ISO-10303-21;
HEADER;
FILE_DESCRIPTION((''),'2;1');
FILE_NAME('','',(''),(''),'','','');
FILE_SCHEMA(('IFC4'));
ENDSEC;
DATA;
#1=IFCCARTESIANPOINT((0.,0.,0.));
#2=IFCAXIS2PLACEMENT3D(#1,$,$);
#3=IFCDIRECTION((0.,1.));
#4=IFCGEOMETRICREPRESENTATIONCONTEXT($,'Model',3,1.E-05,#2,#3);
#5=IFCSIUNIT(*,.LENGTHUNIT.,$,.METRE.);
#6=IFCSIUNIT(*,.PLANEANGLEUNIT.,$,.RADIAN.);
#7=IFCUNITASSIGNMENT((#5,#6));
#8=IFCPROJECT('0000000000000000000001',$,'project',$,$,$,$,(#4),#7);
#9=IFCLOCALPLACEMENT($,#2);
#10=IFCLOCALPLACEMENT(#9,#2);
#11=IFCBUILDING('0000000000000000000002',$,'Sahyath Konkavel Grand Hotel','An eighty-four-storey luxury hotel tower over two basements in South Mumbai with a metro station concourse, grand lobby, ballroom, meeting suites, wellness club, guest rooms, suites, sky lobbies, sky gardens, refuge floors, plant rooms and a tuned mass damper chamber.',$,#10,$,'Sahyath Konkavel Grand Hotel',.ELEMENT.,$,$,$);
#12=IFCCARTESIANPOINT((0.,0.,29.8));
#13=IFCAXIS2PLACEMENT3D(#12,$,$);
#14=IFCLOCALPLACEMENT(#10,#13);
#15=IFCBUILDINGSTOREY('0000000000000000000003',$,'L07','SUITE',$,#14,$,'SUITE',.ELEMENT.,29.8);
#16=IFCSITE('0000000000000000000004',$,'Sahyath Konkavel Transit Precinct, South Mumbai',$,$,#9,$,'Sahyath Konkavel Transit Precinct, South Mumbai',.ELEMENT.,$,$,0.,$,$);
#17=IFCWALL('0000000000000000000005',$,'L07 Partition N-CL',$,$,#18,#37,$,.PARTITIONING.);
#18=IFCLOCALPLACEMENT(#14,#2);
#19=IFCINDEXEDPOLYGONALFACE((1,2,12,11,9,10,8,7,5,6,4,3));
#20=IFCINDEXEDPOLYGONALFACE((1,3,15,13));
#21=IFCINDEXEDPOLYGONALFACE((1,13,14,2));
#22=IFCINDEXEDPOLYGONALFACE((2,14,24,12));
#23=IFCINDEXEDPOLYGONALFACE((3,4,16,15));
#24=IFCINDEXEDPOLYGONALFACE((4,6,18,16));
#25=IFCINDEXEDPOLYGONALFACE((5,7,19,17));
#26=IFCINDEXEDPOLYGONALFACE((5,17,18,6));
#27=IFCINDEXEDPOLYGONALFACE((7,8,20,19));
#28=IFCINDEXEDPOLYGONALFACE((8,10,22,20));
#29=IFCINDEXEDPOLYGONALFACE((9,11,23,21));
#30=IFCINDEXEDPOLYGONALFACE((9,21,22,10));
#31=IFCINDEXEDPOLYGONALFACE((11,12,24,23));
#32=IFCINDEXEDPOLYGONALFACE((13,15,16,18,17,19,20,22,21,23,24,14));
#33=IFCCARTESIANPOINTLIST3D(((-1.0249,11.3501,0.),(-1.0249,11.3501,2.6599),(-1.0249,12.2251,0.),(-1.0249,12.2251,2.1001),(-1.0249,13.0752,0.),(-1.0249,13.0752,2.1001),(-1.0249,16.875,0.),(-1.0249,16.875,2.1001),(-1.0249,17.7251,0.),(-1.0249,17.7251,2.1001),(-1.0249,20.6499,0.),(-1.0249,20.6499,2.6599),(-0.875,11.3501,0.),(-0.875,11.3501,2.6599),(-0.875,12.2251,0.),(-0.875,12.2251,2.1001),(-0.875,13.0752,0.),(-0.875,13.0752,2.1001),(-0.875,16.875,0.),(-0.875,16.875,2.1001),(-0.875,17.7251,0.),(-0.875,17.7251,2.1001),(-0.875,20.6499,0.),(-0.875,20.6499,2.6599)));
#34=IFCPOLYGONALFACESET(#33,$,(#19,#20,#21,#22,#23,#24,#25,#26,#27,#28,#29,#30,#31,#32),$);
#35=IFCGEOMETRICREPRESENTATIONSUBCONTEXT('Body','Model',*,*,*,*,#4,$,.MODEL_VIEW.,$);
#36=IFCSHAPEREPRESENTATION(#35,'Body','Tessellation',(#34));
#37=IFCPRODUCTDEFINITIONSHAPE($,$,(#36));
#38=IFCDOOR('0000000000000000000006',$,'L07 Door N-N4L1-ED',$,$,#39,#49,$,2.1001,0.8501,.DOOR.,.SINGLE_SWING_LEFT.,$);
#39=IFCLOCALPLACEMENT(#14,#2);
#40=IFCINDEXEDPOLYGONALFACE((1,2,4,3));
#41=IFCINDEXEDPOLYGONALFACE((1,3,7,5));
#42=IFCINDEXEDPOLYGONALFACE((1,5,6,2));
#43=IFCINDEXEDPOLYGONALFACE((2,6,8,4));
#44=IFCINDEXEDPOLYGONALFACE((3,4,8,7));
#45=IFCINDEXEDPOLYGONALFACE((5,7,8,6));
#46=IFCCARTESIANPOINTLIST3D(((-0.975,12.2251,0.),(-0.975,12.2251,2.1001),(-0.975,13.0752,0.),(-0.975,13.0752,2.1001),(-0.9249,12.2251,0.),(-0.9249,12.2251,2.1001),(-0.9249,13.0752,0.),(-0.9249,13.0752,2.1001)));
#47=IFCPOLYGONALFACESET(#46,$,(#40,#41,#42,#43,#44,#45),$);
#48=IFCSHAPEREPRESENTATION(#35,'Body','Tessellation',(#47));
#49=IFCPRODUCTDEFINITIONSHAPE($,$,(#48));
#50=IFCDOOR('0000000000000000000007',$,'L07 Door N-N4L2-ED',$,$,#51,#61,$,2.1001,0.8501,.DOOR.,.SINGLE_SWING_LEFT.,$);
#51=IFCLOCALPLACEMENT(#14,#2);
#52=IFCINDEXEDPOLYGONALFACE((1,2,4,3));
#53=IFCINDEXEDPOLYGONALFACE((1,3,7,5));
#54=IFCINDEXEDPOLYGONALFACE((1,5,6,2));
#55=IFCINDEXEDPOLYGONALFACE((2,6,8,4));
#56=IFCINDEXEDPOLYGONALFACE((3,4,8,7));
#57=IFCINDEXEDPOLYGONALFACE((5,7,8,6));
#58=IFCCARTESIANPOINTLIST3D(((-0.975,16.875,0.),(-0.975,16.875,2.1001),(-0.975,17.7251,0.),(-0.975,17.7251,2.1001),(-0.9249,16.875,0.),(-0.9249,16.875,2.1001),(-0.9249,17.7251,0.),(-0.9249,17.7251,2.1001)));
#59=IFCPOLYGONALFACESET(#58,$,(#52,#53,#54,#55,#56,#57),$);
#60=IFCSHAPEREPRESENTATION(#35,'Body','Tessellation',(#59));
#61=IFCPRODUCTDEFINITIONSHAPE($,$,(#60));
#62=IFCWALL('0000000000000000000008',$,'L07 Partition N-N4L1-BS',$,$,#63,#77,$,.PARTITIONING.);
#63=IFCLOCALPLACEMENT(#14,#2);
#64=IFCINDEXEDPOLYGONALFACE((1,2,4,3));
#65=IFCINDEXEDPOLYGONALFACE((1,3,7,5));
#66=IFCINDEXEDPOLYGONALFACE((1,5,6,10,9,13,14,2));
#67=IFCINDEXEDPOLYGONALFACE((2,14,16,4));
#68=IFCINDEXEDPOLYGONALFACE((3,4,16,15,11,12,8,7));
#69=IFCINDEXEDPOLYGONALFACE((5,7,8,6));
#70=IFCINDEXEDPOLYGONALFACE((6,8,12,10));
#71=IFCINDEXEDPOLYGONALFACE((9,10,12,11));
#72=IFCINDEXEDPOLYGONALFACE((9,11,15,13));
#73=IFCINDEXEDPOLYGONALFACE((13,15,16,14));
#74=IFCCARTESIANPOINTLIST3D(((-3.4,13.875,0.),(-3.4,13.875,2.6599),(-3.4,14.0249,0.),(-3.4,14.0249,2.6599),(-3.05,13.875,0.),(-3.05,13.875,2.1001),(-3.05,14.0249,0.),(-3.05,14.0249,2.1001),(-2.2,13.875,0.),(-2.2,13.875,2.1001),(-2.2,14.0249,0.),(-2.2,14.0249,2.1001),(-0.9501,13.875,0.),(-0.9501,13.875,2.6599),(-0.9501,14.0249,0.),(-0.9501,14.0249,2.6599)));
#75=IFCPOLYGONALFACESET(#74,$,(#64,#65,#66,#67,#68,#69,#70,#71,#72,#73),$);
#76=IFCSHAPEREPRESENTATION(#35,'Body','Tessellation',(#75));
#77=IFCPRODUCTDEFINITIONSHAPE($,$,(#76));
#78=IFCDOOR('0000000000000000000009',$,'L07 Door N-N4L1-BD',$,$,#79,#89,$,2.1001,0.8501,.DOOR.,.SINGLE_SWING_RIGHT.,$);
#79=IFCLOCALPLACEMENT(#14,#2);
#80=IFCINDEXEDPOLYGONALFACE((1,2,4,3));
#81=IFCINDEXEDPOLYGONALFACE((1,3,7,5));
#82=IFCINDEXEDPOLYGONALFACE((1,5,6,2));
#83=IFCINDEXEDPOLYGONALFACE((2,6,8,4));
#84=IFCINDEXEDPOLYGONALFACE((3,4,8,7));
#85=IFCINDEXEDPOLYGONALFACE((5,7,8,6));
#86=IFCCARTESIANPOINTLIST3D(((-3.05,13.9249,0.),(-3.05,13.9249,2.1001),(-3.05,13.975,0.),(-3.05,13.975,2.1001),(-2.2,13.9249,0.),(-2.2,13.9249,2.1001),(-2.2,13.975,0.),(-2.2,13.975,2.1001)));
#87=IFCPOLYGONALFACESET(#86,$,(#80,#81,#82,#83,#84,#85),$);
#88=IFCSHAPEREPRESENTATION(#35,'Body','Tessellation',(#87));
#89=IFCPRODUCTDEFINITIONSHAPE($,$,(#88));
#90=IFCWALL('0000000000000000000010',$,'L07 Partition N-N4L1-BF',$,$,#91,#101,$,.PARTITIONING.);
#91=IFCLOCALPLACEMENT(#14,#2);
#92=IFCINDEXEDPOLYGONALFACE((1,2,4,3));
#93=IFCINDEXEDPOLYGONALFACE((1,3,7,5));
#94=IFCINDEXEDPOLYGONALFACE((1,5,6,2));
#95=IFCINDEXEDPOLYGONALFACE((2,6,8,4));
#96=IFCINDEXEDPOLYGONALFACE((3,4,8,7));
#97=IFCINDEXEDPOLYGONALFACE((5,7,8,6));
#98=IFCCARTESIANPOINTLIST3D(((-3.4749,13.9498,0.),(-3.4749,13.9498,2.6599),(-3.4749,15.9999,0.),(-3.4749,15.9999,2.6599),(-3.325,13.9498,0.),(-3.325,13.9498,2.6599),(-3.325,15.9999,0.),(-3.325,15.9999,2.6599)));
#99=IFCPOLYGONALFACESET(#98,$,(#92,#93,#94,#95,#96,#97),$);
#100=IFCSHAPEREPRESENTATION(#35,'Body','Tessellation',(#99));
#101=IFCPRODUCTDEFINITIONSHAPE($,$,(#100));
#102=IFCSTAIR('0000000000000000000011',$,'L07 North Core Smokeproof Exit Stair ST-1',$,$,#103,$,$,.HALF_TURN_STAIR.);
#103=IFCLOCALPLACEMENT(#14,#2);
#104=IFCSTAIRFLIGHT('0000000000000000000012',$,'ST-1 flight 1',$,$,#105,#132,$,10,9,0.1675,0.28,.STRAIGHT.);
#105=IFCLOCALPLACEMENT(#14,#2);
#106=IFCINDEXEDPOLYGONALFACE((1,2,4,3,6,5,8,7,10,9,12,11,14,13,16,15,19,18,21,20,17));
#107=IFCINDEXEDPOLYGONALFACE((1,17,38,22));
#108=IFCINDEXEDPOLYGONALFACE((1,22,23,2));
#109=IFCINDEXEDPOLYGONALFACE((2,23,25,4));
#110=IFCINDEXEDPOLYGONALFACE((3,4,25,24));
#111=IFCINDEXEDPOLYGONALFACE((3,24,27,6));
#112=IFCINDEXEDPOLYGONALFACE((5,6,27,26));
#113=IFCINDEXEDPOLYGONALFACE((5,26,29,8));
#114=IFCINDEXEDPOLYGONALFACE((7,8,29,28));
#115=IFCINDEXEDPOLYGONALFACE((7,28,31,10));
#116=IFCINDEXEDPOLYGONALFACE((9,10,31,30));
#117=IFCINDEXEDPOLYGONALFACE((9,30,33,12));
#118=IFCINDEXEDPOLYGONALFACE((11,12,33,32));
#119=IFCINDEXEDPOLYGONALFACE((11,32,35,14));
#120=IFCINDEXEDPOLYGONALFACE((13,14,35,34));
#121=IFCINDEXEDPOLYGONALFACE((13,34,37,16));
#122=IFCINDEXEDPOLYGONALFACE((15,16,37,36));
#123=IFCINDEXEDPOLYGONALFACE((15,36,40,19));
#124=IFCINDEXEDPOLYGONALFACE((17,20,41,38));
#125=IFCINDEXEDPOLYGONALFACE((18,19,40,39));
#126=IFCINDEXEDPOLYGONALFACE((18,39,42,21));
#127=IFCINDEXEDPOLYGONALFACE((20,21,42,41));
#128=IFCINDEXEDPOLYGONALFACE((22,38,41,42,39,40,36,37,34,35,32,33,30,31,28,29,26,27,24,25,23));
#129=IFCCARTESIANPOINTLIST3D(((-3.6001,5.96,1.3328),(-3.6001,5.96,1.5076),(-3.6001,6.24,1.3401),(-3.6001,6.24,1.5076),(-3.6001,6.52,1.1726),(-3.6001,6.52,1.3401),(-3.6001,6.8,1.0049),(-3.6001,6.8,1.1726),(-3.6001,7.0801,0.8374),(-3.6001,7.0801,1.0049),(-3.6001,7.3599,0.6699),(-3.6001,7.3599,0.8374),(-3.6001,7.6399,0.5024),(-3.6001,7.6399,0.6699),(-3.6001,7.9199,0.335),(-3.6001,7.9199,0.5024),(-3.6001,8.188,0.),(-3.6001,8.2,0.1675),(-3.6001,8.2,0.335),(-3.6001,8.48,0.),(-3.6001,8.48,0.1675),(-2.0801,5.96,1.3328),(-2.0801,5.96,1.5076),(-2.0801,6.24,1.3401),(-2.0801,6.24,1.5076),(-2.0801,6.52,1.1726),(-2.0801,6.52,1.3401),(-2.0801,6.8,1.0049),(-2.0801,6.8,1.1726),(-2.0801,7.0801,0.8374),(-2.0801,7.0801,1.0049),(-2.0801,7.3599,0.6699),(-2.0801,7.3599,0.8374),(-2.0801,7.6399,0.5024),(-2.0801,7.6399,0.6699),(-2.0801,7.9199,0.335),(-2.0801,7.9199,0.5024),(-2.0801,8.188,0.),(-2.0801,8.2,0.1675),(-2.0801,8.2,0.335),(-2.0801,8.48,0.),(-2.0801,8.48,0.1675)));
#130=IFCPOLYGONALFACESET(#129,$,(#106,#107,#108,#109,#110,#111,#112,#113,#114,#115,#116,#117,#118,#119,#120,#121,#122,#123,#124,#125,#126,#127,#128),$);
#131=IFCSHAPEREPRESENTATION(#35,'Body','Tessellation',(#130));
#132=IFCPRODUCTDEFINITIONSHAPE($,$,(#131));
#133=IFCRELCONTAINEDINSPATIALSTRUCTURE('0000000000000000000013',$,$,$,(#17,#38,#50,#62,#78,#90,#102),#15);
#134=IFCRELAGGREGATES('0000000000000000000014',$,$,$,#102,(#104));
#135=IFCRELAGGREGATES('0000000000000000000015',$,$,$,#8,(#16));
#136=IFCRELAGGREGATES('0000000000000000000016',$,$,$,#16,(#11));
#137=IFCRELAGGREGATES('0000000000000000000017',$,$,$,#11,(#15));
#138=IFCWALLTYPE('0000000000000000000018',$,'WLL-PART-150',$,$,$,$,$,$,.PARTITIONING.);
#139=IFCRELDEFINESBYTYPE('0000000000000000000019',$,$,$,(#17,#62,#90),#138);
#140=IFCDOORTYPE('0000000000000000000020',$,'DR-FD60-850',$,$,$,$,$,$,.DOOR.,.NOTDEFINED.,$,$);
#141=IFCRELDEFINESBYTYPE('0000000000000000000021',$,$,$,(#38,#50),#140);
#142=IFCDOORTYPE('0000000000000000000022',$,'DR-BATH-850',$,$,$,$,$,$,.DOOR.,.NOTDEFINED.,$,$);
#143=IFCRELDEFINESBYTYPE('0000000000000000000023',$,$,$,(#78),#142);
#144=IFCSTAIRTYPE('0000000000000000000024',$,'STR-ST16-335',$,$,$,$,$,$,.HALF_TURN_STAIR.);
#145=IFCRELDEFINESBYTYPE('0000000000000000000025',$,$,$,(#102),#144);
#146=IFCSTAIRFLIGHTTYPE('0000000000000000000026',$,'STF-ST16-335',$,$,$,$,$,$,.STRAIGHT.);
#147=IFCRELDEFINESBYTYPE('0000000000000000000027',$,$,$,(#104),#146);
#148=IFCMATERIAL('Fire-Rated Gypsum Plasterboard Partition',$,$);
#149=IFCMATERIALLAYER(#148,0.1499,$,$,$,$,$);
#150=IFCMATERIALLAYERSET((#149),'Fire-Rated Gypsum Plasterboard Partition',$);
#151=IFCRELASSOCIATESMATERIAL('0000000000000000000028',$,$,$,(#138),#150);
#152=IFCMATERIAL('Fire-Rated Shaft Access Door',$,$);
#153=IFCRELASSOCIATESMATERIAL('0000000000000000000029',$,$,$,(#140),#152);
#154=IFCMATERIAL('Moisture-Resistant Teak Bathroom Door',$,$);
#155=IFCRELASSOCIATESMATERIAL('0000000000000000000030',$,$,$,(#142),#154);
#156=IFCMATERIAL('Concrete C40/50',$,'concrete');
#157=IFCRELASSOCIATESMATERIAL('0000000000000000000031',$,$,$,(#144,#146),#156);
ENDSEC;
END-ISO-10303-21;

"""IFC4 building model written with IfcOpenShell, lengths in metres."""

from ifc_helpers import new_model, si_unit, direction, frame, frame_2d, origin, origin_2d, place, context, subcontext, project, spatial, polyline, rectangle, outline, extrude, source, transform, mapped, material, layer, layer_set, type_object, element, fill, aggregate, save


model = new_model("IFC4")

# Units and contexts
model_context = context("Model", 3, precision=1e-05, world=origin(), true_north=direction((0.0, 1.0)))
body_context = subcontext(model_context, "Body", "Model", "MODEL_VIEW")
ifc_project = project(units=[si_unit("LENGTHUNIT", "METRE"), si_unit("PLANEANGLEUNIT", "RADIAN")], contexts=[model_context])

# Site, building, storey
site_placement = place(None, origin())
site = spatial("IfcSite", under=ifc_project, at=site_placement, Name="Sahyath Konkavel Transit Precinct, South Mumbai", LongName="Sahyath Konkavel Transit Precinct, South Mumbai", CompositionType="ELEMENT", RefElevation=0.0)
building_placement = place(site_placement, origin())
building = spatial("IfcBuilding", under=site, at=building_placement, Name="Sahyath Konkavel Grand Hotel", Description="An eighty-four-storey luxury hotel tower over two basements in South Mumbai with a metro station concourse, grand lobby, ballroom, meeting suites, wellness club, guest rooms, suites, sky lobbies, sky gardens, refuge floors, plant rooms and a tuned mass damper chamber.", LongName="Sahyath Konkavel Grand Hotel", CompositionType="ELEMENT")
storey_placement = place(building_placement, frame((0.0, 0.0, 29.8)))
storey = spatial("IfcBuildingStorey", under=building, at=storey_placement, Name="L07", Description="SUITE", LongName="SUITE", CompositionType="ELEMENT", Elevation=29.8)

# Wall, openings, doors
ifc_material_1 = material(Name="Fire-Rated Gypsum Plasterboard Partition")
ifc_layer_1 = layer(ifc_material_1, 0.1499)
ifc_layer_set_1 = layer_set([ifc_layer_1], Name="Fire-Rated Gypsum Plasterboard Partition")
wall_type_1 = type_object("IfcWallType", Name="WLL-PART-150", PredefinedType="PARTITIONING", material=ifc_layer_set_1)
wall_1_placement = place(storey_placement, frame((-0.95, 11.3501, 0.0), z_axis=(0.0, 0.0, 1.0), x_axis=(0.0, 1.0, 0.0)))
wall_1 = element("IfcWall", 1, at=wall_1_placement, inside=storey, type_object=wall_type_1, Name="L07 Partition N-CL", PredefinedType="PARTITIONING", context=body_context, shape_type="SweptSolid", body=[
    extrude(rectangle(XDim=9.2998, YDim=0.1499, at=frame_2d((4.6499, 0.0))), origin(), (0.0, 0.0, 1.0), 2.6599),
])
opening_1_placement = place(wall_1_placement, frame((0.875, 0.0, 0.0)))
opening_1 = element("IfcOpeningElement", 2, at=opening_1_placement, cuts=wall_1, PredefinedType="OPENING", context=body_context, shape_type="SweptSolid", body=[
    extrude(rectangle(XDim=0.8501, YDim=2.1001, at=frame_2d((0.425, 1.05))), frame((0.0, 0.085, 0.0), z_axis=(0.0, -1.0, 0.0), x_axis=(1.0, 0.0, 0.0)), (0.0, 0.0, 1.0), 0.1699),
])
opening_2_placement = place(wall_1_placement, frame((5.5249, 0.0, 0.0)))
opening_2 = element("IfcOpeningElement", 3, at=opening_2_placement, cuts=wall_1, PredefinedType="OPENING", context=body_context, shape_type="SweptSolid", body=[
    extrude(rectangle(XDim=0.8501, YDim=2.1001, at=frame_2d((0.425, 1.05))), frame((0.0, 0.085, 0.0), z_axis=(0.0, -1.0, 0.0), x_axis=(1.0, 0.0, 0.0)), (0.0, 0.0, 1.0), 0.1699),
])
ifc_material_2 = material(Name="Fire-Rated Shaft Access Door")
door_type_1 = type_object("IfcDoorType", Name="DR-FD60-850", OperationType="NOTDEFINED", PredefinedType="DOOR", material=ifc_material_2)
shared_shape_1 = source(origin(), body_context, "Body", "SweptSolid", [
    extrude(rectangle(XDim=0.8501, YDim=0.05, at=origin_2d()), origin(), (0.0, 0.0, 1.0), 2.1001),
])
door_1_placement = place(opening_1_placement, frame((0.425, 0.0, 0.0)))
door_1 = element("IfcDoor", 4, at=door_1_placement, inside=storey, type_object=door_type_1, Name="L07 Door N-N4L1-ED", OperationType="SINGLE_SWING_LEFT", OverallHeight=2.1001, OverallWidth=0.8501, PredefinedType="DOOR", context=body_context, shape_type="MappedRepresentation", body=[
    mapped(shared_shape_1, transform((0.0, 0.0, 0.0), scale=1.0)),
])
fill(opening_1, door_1)
door_2_placement = place(opening_2_placement, frame((0.425, 0.0, 0.0)))
door_2 = element("IfcDoor", 5, at=door_2_placement, inside=storey, type_object=door_type_1, Name="L07 Door N-N4L2-ED", OperationType="SINGLE_SWING_LEFT", OverallHeight=2.1001, OverallWidth=0.8501, PredefinedType="DOOR", context=body_context, shape_type="MappedRepresentation", body=[
    mapped(shared_shape_1, transform((0.0, 0.0, 0.0), scale=1.0)),
])
fill(opening_2, door_2)

# Wall, opening, door
wall_2_placement = place(storey_placement, frame((-0.95, 13.95, 0.0), z_axis=(0.0, 0.0, 1.0), x_axis=(-1.0, 0.0, 0.0)))
wall_2 = element("IfcWall", 6, at=wall_2_placement, inside=storey, type_object=wall_type_1, Name="L07 Partition N-N4L1-BS", PredefinedType="PARTITIONING", context=body_context, shape_type="SweptSolid", body=[
    extrude(rectangle(XDim=2.45, YDim=0.1499, at=frame_2d((1.2251, 0.0))), origin(), (0.0, 0.0, 1.0), 2.6599),
])
opening_3_placement = place(wall_2_placement, frame((1.25, 0.0, 0.0)))
opening_3 = element("IfcOpeningElement", 7, at=opening_3_placement, cuts=wall_2, PredefinedType="OPENING", context=body_context, shape_type="SweptSolid", body=[
    extrude(rectangle(XDim=0.8501, YDim=2.1001, at=frame_2d((0.425, 1.05))), frame((0.0, 0.085, 0.0), z_axis=(0.0, -1.0, 0.0), x_axis=(1.0, 0.0, 0.0)), (0.0, 0.0, 1.0), 0.1699),
])
ifc_material_3 = material(Name="Moisture-Resistant Teak Bathroom Door")
door_type_2 = type_object("IfcDoorType", Name="DR-BATH-850", OperationType="NOTDEFINED", PredefinedType="DOOR", material=ifc_material_3)
door_3_placement = place(opening_3_placement, frame((0.425, 0.0, 0.0)))
door_3 = element("IfcDoor", 8, at=door_3_placement, inside=storey, type_object=door_type_2, Name="L07 Door N-N4L1-BD", OperationType="SINGLE_SWING_RIGHT", OverallHeight=2.1001, OverallWidth=0.8501, PredefinedType="DOOR", context=body_context, shape_type="MappedRepresentation", body=[
    mapped(shared_shape_1, transform((0.0, 0.0, 0.0), scale=1.0)),
])
fill(opening_3, door_3)

# Wall
wall_3_placement = place(storey_placement, frame((-3.3999, 13.95, 0.0), z_axis=(0.0, 0.0, 1.0), x_axis=(0.0, 1.0, 0.0)))
element("IfcWall", 9, at=wall_3_placement, inside=storey, type_object=wall_type_1, Name="L07 Partition N-N4L1-BF", PredefinedType="PARTITIONING", context=body_context, shape_type="SweptSolid", body=[
    extrude(rectangle(XDim=2.05, YDim=0.1499, at=frame_2d((1.0249, 0.0))), origin(), (0.0, 0.0, 1.0), 2.6599),
])

# Stair, stair flight
ifc_material_4 = material(Name="Concrete C40/50", Category="concrete")
stair_type = type_object("IfcStairType", Name="STR-ST16-335", PredefinedType="HALF_TURN_STAIR", material=ifc_material_4)
stair_placement = place(storey_placement, origin())
stair = element("IfcStair", 10, at=stair_placement, inside=storey, type_object=stair_type, Name="L07 North Core Smokeproof Exit Stair ST-1", PredefinedType="HALF_TURN_STAIR")
stair_flight_type = type_object("IfcStairFlightType", Name="STF-ST16-335", PredefinedType="STRAIGHT", material=ifc_material_4)
stair_flight_placement = place(storey_placement, frame((-2.8401, 8.48, 0.0), z_axis=(0.0, 0.0, 1.0), x_axis=(0.0, -1.0, 0.0)))
stair_flight = element("IfcStairFlight", 11, at=stair_flight_placement, type_object=stair_flight_type, Name="ST-1 flight 1", NumberOfRisers=10, NumberOfTreads=9, PredefinedType="STRAIGHT", RiserHeight=0.1675, TreadLength=0.28, context=body_context, shape_type="SweptSolid", body=[
    extrude(outline(polyline([(0.0, 0.0), (0.0, 0.1675), (0.28, 0.1675), (0.28, 0.335), (0.5601, 0.335), (0.5601, 0.5024), (0.8401, 0.5024), (0.8401, 0.6699), (1.1201, 0.6699), (1.1201, 0.8374), (1.3999, 0.8374), (1.3999, 1.0049), (1.6799, 1.0049), (1.6799, 1.1726), (1.96, 1.1726), (1.96, 1.3401), (2.24, 1.3401), (2.24, 1.5076), (2.52, 1.5076), (2.52, 1.675), (2.52, 1.3328), (0.292, 0.0), (0.0, 0.0)])), frame((0.0, 0.76, 0.0), z_axis=(0.0, -1.0, 0.0), x_axis=(1.0, 0.0, 0.0)), (0.0, 0.0, 1.0), 1.52),
])
aggregate(stair, [stair_flight])

save(model, "model.ifc")
